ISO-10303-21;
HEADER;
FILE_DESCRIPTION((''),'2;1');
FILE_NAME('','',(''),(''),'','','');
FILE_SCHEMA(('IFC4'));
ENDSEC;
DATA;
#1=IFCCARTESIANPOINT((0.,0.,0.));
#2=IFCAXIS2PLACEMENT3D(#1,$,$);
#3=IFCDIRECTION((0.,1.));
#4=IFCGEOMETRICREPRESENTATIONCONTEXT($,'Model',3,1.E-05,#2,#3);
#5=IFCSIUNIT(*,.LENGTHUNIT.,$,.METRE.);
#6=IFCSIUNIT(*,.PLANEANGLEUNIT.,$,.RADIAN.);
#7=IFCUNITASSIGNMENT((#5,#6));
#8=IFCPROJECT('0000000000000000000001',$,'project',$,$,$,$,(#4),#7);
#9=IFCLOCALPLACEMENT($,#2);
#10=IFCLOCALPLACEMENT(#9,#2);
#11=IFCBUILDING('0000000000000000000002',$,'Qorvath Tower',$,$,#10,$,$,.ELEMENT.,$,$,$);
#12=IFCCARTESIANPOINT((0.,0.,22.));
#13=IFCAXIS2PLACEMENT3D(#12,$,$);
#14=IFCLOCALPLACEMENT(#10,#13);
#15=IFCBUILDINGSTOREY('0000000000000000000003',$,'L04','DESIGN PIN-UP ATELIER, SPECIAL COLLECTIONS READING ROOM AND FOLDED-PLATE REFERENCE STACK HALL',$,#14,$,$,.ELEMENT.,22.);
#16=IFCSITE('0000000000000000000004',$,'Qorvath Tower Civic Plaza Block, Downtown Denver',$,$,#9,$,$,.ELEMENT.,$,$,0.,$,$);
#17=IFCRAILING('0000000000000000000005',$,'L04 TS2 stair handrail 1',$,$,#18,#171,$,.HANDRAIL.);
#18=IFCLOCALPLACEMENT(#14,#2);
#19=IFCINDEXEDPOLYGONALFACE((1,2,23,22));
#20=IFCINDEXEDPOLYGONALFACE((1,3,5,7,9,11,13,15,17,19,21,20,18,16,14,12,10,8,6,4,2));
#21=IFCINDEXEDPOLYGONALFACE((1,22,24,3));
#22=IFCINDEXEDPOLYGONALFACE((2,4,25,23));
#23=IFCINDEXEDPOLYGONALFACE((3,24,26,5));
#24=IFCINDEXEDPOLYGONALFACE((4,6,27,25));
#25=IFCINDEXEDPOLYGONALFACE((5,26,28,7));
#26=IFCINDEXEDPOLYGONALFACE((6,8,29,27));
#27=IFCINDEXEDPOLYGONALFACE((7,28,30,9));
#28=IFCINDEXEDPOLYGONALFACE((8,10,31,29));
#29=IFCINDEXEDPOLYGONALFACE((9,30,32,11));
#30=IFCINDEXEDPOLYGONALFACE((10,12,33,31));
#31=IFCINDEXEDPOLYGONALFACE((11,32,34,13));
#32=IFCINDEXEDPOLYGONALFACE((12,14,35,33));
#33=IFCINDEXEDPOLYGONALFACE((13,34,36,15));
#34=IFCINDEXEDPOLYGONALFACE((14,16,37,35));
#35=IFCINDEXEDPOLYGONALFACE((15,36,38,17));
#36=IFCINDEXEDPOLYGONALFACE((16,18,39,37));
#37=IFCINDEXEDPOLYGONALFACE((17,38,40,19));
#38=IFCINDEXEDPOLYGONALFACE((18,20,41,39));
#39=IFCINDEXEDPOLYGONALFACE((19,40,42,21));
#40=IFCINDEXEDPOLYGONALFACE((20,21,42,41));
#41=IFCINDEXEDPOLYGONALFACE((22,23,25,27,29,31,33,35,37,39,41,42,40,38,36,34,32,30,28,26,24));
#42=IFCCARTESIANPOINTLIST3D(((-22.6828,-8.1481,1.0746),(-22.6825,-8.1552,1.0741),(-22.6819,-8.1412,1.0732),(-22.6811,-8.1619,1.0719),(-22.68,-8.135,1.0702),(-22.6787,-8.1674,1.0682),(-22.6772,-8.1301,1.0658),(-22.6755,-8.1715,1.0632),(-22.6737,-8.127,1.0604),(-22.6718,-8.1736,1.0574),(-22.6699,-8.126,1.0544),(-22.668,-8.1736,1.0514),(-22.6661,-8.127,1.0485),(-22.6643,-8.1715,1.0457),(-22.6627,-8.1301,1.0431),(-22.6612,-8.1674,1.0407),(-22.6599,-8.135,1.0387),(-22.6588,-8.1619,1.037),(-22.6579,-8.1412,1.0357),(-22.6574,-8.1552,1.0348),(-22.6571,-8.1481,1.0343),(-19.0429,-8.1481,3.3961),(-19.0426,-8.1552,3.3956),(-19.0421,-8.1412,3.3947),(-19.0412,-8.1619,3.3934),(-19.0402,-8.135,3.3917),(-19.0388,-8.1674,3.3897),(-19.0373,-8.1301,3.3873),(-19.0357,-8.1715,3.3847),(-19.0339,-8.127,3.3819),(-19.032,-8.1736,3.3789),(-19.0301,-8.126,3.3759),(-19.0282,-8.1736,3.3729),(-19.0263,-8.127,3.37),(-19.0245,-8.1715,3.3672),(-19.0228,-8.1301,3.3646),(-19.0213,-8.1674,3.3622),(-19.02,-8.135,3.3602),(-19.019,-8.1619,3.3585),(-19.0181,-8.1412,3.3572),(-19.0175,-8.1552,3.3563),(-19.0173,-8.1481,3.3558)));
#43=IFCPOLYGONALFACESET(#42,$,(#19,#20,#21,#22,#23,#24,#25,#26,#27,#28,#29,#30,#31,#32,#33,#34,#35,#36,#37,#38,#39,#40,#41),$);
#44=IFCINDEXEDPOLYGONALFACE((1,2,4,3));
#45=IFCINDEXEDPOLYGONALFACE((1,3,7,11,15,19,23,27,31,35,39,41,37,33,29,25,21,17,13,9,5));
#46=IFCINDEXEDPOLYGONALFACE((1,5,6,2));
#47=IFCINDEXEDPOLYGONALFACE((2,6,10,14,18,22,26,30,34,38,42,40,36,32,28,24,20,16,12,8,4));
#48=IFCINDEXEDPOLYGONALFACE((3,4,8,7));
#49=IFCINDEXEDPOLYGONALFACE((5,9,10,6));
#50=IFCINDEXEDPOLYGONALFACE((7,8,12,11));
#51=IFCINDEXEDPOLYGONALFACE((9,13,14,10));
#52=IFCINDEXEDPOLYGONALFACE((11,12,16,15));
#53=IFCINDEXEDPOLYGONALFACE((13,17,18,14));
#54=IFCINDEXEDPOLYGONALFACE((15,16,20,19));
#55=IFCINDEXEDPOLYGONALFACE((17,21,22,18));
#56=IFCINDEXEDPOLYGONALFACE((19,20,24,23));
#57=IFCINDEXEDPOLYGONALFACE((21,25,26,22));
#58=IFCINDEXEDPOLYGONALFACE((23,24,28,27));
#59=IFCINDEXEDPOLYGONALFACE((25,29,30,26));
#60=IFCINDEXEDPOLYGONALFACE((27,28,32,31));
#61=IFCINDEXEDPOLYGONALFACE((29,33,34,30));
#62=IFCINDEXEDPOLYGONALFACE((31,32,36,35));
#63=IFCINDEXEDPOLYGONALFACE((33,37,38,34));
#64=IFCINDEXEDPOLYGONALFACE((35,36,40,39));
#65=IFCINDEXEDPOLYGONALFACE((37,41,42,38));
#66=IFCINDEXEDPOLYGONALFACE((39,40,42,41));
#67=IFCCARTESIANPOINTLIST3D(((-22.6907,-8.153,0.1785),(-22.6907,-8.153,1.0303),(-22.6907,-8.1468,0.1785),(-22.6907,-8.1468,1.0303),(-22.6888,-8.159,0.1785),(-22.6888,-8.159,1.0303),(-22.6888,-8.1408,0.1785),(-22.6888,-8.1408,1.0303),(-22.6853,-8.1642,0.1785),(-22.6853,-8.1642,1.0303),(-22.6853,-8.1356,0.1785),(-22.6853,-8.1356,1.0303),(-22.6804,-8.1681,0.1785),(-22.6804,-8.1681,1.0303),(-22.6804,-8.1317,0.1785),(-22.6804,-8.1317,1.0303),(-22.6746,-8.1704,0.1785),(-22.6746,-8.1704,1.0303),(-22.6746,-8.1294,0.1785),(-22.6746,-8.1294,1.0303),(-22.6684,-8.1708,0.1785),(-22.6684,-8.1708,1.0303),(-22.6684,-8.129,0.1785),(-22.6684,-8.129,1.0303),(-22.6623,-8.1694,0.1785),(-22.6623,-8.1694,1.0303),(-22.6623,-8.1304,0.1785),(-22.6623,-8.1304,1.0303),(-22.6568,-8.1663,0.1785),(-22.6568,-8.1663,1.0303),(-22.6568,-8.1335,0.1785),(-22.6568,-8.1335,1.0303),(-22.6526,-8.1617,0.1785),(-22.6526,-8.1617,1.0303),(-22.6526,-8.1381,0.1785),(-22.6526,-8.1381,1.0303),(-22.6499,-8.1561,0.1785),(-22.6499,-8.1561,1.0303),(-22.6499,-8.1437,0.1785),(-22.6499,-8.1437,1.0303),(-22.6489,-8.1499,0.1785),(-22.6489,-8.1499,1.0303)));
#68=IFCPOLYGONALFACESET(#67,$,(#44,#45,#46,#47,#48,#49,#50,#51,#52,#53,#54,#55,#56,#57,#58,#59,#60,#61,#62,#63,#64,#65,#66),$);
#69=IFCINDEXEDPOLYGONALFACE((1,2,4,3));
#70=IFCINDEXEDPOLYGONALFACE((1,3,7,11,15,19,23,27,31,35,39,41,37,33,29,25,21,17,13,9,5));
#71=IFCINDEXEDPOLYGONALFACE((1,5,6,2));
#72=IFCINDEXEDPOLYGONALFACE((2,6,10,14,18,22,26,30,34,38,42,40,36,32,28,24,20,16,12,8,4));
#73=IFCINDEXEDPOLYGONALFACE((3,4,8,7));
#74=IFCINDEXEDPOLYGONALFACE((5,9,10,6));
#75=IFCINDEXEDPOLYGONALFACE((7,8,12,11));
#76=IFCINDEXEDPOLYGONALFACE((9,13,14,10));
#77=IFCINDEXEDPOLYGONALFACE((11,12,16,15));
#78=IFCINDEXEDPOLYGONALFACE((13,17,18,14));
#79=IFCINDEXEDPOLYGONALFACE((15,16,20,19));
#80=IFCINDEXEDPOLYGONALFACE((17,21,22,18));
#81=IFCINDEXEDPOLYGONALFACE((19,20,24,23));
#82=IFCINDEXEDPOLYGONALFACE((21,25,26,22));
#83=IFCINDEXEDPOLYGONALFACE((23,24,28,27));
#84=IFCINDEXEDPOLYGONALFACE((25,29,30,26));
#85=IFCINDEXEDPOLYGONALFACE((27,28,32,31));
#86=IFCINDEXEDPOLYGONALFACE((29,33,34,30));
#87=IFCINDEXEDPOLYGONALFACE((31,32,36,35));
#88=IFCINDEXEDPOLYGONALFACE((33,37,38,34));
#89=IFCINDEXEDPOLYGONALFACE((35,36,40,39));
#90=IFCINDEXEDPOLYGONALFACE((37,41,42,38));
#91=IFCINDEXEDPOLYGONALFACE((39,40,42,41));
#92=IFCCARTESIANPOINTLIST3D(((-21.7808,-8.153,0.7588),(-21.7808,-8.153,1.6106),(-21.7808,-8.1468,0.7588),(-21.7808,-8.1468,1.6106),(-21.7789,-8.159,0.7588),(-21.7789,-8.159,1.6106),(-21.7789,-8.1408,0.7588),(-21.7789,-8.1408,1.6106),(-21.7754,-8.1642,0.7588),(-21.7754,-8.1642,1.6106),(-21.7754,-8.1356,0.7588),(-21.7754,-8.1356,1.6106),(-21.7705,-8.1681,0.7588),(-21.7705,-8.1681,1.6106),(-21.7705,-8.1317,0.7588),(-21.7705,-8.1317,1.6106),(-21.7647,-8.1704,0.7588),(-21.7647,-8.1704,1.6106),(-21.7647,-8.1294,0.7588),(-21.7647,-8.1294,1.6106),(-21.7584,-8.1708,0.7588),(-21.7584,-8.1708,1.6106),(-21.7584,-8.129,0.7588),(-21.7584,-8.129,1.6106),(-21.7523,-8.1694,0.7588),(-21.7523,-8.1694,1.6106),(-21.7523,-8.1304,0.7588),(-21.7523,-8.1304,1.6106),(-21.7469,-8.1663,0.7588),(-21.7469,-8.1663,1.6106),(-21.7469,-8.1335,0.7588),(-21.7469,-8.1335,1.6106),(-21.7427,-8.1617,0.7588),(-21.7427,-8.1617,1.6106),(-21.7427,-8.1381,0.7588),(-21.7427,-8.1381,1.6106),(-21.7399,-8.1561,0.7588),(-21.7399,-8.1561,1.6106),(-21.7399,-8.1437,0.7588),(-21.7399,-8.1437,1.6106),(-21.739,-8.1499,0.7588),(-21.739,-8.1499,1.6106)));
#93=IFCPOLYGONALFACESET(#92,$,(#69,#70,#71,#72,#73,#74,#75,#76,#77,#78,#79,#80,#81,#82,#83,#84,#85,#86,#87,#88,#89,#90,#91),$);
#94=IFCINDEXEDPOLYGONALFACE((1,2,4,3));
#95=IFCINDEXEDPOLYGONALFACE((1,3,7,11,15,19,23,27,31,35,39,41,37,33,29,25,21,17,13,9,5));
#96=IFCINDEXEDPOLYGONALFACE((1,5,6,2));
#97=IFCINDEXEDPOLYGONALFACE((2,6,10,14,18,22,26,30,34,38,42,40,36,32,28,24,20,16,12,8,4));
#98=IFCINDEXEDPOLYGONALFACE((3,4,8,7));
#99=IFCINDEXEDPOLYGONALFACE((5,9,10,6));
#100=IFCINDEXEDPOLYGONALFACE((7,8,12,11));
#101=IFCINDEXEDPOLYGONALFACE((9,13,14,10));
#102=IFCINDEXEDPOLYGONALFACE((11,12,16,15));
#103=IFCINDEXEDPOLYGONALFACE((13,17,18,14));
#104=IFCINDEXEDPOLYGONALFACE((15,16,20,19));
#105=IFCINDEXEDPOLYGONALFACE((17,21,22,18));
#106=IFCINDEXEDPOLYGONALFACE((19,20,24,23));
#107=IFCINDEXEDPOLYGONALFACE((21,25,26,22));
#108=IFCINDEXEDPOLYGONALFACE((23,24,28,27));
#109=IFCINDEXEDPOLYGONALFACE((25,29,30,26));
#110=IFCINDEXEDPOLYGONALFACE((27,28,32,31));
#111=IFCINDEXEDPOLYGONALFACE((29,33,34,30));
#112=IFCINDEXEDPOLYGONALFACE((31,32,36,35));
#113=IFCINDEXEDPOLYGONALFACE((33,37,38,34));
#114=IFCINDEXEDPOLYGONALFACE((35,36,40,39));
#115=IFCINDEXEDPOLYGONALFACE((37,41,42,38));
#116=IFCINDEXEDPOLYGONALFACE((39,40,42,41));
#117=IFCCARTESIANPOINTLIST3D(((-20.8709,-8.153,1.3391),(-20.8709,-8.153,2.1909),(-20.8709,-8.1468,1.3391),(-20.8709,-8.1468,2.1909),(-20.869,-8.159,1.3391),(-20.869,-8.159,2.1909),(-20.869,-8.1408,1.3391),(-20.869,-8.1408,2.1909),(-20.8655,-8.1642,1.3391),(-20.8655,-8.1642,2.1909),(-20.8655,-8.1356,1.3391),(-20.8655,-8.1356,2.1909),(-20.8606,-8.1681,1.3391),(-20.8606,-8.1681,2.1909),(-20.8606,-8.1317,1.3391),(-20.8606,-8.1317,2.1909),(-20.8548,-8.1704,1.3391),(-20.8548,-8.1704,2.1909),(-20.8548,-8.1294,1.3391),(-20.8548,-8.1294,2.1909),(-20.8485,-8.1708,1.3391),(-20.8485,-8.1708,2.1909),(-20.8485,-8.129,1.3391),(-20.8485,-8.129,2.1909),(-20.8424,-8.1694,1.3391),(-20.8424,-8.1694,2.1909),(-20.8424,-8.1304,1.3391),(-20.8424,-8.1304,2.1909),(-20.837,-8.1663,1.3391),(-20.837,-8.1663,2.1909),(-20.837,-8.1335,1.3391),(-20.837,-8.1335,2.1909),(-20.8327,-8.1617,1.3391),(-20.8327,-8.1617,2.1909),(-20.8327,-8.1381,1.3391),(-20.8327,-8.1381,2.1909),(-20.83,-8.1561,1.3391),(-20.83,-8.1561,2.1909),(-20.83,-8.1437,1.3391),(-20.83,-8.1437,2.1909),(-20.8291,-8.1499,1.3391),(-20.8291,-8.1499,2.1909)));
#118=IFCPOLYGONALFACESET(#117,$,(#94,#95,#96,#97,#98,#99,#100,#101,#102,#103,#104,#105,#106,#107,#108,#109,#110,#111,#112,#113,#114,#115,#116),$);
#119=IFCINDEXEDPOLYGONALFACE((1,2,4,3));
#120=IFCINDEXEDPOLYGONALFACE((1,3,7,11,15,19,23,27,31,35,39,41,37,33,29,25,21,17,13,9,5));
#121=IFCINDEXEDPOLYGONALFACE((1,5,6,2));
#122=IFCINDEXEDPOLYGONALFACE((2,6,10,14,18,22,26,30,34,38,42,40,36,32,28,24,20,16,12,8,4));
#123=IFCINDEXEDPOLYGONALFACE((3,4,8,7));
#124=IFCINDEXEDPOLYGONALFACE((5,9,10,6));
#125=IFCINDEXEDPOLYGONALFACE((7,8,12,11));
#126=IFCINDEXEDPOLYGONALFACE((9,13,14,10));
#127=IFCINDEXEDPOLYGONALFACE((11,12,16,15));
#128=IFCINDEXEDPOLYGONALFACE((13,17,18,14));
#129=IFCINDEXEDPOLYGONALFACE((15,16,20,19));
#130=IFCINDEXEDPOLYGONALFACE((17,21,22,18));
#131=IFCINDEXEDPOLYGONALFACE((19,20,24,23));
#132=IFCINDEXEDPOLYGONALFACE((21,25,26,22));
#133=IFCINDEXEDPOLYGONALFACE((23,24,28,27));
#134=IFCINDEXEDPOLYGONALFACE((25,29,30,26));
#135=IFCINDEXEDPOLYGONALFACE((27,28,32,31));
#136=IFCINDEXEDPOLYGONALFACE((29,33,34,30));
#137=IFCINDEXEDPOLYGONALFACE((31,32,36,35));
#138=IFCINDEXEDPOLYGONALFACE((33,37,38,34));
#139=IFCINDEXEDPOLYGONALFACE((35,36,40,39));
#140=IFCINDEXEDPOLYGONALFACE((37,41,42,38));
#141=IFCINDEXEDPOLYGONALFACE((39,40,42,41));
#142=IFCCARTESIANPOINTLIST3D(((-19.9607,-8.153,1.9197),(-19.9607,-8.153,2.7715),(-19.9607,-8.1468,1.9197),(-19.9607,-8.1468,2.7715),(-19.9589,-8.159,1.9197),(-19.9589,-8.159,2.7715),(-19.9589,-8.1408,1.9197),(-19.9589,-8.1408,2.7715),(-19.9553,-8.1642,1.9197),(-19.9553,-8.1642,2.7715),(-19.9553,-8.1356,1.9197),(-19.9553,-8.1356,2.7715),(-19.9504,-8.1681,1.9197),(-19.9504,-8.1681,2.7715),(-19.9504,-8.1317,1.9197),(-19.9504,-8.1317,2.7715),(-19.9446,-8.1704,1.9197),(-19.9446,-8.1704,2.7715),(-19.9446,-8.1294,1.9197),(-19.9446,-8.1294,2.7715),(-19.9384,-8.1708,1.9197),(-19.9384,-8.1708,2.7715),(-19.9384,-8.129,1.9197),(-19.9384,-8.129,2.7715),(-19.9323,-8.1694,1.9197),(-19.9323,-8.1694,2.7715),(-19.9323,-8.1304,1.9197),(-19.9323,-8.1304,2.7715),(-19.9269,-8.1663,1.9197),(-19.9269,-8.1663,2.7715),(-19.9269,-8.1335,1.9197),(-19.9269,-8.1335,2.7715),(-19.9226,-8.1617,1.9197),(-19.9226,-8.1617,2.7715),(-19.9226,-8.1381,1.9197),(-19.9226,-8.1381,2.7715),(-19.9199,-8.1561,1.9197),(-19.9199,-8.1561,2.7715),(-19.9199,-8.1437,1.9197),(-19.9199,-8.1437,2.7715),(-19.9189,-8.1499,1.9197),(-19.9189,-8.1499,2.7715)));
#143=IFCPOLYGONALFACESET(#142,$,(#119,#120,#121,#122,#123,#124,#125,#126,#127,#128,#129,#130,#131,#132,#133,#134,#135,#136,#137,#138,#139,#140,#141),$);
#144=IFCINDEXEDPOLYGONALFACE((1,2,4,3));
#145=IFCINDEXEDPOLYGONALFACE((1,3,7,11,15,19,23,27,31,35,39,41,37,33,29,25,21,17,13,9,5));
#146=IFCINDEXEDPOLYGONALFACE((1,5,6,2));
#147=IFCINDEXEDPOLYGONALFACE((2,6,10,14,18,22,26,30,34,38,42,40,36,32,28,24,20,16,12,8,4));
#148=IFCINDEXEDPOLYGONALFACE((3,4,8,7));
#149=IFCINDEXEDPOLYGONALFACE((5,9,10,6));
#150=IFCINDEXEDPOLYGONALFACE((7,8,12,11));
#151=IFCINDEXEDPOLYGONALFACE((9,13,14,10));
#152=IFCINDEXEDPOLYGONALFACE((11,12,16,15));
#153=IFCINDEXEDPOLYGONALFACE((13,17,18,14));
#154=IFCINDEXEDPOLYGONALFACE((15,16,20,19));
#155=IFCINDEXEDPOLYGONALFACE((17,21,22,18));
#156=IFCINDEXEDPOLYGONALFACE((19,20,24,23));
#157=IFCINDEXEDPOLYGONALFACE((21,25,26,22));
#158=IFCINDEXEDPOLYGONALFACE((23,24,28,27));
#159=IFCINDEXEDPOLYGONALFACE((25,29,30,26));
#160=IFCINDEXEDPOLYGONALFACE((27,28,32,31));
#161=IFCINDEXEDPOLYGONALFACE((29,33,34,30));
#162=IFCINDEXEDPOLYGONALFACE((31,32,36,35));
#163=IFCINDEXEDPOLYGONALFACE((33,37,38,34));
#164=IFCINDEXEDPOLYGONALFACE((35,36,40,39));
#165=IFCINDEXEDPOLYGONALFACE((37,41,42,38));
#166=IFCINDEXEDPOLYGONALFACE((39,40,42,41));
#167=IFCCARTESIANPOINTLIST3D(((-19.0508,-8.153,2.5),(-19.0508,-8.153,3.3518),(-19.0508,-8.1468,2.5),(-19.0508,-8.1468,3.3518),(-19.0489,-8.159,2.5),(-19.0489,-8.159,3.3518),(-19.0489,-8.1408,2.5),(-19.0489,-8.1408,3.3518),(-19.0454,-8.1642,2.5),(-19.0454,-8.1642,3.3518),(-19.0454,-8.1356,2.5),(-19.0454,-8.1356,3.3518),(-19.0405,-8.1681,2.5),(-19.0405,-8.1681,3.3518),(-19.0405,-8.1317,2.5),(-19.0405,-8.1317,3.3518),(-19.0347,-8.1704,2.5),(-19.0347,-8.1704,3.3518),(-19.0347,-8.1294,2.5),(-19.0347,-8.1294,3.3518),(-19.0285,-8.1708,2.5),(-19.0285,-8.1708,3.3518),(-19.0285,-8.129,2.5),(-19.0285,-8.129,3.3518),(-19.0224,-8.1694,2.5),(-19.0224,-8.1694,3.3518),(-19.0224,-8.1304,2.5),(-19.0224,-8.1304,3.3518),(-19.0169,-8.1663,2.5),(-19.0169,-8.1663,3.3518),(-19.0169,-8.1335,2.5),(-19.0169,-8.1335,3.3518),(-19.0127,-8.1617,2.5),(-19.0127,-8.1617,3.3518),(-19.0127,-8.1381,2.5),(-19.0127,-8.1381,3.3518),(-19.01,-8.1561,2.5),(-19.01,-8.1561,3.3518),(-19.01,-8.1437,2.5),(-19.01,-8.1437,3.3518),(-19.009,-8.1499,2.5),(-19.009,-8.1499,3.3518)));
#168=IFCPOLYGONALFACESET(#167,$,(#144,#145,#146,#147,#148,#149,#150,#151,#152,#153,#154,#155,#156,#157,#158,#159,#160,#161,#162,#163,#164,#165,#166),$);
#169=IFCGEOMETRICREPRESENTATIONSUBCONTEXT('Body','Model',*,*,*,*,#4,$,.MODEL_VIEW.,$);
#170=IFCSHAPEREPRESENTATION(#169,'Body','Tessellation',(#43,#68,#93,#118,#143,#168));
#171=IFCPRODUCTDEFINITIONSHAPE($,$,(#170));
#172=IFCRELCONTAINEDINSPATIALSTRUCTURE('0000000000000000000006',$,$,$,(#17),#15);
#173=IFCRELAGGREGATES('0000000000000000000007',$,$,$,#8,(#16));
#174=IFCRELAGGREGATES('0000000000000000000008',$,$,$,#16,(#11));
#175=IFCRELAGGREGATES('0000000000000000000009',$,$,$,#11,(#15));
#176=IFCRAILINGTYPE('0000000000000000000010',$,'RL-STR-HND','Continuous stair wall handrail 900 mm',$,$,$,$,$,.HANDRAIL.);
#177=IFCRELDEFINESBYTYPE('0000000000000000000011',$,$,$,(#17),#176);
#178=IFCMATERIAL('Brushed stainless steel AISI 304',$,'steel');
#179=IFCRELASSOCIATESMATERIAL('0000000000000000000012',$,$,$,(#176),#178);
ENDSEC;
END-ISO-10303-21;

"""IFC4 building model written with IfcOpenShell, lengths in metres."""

from ifc_helpers import new_model, si_unit, direction, frame, origin, origin_2d, place, context, subcontext, project, spatial, circle, extrude, material, type_object, element, save


model = new_model("IFC4")

# Units and contexts
model_context = context("Model", 3, precision=1e-05, world=origin(), true_north=direction((0.0, 1.0)))
body_context = subcontext(model_context, "Body", "Model", "MODEL_VIEW")
ifc_project = project(units=[si_unit("LENGTHUNIT", "METRE"), si_unit("PLANEANGLEUNIT", "RADIAN")], contexts=[model_context])

# Site, building, storey
site_placement = place(None, origin())
site = spatial("IfcSite", under=ifc_project, at=site_placement, Name="Qorvath Tower Civic Plaza Block, Downtown Denver", CompositionType="ELEMENT", RefElevation=0.0)
building_placement = place(site_placement, origin())
building = spatial("IfcBuilding", under=site, at=building_placement, Name="Qorvath Tower", CompositionType="ELEMENT")
storey_placement = place(building_placement, frame((0.0, 0.0, 22.0)))
storey = spatial("IfcBuildingStorey", under=building, at=storey_placement, Name="L04", Description="DESIGN PIN-UP ATELIER, SPECIAL COLLECTIONS READING ROOM AND FOLDED-PLATE REFERENCE STACK HALL", CompositionType="ELEMENT", Elevation=22.0)

# Railing
ifc_material_1 = material(Name="Brushed stainless steel AISI 304", Category="steel")
railing_type = type_object("IfcRailingType", Name="RL-STR-HND", Description="Continuous stair wall handrail 900 mm", PredefinedType="HANDRAIL", material=ifc_material_1)
railing_placement = place(storey_placement, frame((-22.6699, -8.1499, 0.1785)))
element("IfcRailing", 1, at=railing_placement, inside=storey, type_object=railing_type, Name="L04 TS2 stair handrail 1", PredefinedType="HANDRAIL", context=body_context, shape_type="SweptSolid", body=[
    extrude(circle(Radius=0.0239, at=origin_2d()), frame((0.0, 0.0, 0.876), z_axis=(0.843112, 0.0, 0.537739), x_axis=(0.0, 1.0, 0.0)), (0.0, 0.0, 1.0), 4.3171),
    extrude(circle(Radius=0.021, at=origin_2d()), origin(), (0.0, 0.0, 1.0), 0.8518),
    extrude(circle(Radius=0.021, at=origin_2d()), frame((0.9099, 0.0, 0.5803)), (0.0, 0.0, 1.0), 0.8518),
    extrude(circle(Radius=0.021, at=origin_2d()), frame((1.8198, 0.0, 1.1606)), (0.0, 0.0, 1.0), 0.8518),
    extrude(circle(Radius=0.021, at=origin_2d()), frame((2.73, 0.0, 1.7412)), (0.0, 0.0, 1.0), 0.8518),
    extrude(circle(Radius=0.021, at=origin_2d()), frame((3.6399, 0.0, 2.3215)), (0.0, 0.0, 1.0), 0.8518),
])

save(model, "model.ifc")
